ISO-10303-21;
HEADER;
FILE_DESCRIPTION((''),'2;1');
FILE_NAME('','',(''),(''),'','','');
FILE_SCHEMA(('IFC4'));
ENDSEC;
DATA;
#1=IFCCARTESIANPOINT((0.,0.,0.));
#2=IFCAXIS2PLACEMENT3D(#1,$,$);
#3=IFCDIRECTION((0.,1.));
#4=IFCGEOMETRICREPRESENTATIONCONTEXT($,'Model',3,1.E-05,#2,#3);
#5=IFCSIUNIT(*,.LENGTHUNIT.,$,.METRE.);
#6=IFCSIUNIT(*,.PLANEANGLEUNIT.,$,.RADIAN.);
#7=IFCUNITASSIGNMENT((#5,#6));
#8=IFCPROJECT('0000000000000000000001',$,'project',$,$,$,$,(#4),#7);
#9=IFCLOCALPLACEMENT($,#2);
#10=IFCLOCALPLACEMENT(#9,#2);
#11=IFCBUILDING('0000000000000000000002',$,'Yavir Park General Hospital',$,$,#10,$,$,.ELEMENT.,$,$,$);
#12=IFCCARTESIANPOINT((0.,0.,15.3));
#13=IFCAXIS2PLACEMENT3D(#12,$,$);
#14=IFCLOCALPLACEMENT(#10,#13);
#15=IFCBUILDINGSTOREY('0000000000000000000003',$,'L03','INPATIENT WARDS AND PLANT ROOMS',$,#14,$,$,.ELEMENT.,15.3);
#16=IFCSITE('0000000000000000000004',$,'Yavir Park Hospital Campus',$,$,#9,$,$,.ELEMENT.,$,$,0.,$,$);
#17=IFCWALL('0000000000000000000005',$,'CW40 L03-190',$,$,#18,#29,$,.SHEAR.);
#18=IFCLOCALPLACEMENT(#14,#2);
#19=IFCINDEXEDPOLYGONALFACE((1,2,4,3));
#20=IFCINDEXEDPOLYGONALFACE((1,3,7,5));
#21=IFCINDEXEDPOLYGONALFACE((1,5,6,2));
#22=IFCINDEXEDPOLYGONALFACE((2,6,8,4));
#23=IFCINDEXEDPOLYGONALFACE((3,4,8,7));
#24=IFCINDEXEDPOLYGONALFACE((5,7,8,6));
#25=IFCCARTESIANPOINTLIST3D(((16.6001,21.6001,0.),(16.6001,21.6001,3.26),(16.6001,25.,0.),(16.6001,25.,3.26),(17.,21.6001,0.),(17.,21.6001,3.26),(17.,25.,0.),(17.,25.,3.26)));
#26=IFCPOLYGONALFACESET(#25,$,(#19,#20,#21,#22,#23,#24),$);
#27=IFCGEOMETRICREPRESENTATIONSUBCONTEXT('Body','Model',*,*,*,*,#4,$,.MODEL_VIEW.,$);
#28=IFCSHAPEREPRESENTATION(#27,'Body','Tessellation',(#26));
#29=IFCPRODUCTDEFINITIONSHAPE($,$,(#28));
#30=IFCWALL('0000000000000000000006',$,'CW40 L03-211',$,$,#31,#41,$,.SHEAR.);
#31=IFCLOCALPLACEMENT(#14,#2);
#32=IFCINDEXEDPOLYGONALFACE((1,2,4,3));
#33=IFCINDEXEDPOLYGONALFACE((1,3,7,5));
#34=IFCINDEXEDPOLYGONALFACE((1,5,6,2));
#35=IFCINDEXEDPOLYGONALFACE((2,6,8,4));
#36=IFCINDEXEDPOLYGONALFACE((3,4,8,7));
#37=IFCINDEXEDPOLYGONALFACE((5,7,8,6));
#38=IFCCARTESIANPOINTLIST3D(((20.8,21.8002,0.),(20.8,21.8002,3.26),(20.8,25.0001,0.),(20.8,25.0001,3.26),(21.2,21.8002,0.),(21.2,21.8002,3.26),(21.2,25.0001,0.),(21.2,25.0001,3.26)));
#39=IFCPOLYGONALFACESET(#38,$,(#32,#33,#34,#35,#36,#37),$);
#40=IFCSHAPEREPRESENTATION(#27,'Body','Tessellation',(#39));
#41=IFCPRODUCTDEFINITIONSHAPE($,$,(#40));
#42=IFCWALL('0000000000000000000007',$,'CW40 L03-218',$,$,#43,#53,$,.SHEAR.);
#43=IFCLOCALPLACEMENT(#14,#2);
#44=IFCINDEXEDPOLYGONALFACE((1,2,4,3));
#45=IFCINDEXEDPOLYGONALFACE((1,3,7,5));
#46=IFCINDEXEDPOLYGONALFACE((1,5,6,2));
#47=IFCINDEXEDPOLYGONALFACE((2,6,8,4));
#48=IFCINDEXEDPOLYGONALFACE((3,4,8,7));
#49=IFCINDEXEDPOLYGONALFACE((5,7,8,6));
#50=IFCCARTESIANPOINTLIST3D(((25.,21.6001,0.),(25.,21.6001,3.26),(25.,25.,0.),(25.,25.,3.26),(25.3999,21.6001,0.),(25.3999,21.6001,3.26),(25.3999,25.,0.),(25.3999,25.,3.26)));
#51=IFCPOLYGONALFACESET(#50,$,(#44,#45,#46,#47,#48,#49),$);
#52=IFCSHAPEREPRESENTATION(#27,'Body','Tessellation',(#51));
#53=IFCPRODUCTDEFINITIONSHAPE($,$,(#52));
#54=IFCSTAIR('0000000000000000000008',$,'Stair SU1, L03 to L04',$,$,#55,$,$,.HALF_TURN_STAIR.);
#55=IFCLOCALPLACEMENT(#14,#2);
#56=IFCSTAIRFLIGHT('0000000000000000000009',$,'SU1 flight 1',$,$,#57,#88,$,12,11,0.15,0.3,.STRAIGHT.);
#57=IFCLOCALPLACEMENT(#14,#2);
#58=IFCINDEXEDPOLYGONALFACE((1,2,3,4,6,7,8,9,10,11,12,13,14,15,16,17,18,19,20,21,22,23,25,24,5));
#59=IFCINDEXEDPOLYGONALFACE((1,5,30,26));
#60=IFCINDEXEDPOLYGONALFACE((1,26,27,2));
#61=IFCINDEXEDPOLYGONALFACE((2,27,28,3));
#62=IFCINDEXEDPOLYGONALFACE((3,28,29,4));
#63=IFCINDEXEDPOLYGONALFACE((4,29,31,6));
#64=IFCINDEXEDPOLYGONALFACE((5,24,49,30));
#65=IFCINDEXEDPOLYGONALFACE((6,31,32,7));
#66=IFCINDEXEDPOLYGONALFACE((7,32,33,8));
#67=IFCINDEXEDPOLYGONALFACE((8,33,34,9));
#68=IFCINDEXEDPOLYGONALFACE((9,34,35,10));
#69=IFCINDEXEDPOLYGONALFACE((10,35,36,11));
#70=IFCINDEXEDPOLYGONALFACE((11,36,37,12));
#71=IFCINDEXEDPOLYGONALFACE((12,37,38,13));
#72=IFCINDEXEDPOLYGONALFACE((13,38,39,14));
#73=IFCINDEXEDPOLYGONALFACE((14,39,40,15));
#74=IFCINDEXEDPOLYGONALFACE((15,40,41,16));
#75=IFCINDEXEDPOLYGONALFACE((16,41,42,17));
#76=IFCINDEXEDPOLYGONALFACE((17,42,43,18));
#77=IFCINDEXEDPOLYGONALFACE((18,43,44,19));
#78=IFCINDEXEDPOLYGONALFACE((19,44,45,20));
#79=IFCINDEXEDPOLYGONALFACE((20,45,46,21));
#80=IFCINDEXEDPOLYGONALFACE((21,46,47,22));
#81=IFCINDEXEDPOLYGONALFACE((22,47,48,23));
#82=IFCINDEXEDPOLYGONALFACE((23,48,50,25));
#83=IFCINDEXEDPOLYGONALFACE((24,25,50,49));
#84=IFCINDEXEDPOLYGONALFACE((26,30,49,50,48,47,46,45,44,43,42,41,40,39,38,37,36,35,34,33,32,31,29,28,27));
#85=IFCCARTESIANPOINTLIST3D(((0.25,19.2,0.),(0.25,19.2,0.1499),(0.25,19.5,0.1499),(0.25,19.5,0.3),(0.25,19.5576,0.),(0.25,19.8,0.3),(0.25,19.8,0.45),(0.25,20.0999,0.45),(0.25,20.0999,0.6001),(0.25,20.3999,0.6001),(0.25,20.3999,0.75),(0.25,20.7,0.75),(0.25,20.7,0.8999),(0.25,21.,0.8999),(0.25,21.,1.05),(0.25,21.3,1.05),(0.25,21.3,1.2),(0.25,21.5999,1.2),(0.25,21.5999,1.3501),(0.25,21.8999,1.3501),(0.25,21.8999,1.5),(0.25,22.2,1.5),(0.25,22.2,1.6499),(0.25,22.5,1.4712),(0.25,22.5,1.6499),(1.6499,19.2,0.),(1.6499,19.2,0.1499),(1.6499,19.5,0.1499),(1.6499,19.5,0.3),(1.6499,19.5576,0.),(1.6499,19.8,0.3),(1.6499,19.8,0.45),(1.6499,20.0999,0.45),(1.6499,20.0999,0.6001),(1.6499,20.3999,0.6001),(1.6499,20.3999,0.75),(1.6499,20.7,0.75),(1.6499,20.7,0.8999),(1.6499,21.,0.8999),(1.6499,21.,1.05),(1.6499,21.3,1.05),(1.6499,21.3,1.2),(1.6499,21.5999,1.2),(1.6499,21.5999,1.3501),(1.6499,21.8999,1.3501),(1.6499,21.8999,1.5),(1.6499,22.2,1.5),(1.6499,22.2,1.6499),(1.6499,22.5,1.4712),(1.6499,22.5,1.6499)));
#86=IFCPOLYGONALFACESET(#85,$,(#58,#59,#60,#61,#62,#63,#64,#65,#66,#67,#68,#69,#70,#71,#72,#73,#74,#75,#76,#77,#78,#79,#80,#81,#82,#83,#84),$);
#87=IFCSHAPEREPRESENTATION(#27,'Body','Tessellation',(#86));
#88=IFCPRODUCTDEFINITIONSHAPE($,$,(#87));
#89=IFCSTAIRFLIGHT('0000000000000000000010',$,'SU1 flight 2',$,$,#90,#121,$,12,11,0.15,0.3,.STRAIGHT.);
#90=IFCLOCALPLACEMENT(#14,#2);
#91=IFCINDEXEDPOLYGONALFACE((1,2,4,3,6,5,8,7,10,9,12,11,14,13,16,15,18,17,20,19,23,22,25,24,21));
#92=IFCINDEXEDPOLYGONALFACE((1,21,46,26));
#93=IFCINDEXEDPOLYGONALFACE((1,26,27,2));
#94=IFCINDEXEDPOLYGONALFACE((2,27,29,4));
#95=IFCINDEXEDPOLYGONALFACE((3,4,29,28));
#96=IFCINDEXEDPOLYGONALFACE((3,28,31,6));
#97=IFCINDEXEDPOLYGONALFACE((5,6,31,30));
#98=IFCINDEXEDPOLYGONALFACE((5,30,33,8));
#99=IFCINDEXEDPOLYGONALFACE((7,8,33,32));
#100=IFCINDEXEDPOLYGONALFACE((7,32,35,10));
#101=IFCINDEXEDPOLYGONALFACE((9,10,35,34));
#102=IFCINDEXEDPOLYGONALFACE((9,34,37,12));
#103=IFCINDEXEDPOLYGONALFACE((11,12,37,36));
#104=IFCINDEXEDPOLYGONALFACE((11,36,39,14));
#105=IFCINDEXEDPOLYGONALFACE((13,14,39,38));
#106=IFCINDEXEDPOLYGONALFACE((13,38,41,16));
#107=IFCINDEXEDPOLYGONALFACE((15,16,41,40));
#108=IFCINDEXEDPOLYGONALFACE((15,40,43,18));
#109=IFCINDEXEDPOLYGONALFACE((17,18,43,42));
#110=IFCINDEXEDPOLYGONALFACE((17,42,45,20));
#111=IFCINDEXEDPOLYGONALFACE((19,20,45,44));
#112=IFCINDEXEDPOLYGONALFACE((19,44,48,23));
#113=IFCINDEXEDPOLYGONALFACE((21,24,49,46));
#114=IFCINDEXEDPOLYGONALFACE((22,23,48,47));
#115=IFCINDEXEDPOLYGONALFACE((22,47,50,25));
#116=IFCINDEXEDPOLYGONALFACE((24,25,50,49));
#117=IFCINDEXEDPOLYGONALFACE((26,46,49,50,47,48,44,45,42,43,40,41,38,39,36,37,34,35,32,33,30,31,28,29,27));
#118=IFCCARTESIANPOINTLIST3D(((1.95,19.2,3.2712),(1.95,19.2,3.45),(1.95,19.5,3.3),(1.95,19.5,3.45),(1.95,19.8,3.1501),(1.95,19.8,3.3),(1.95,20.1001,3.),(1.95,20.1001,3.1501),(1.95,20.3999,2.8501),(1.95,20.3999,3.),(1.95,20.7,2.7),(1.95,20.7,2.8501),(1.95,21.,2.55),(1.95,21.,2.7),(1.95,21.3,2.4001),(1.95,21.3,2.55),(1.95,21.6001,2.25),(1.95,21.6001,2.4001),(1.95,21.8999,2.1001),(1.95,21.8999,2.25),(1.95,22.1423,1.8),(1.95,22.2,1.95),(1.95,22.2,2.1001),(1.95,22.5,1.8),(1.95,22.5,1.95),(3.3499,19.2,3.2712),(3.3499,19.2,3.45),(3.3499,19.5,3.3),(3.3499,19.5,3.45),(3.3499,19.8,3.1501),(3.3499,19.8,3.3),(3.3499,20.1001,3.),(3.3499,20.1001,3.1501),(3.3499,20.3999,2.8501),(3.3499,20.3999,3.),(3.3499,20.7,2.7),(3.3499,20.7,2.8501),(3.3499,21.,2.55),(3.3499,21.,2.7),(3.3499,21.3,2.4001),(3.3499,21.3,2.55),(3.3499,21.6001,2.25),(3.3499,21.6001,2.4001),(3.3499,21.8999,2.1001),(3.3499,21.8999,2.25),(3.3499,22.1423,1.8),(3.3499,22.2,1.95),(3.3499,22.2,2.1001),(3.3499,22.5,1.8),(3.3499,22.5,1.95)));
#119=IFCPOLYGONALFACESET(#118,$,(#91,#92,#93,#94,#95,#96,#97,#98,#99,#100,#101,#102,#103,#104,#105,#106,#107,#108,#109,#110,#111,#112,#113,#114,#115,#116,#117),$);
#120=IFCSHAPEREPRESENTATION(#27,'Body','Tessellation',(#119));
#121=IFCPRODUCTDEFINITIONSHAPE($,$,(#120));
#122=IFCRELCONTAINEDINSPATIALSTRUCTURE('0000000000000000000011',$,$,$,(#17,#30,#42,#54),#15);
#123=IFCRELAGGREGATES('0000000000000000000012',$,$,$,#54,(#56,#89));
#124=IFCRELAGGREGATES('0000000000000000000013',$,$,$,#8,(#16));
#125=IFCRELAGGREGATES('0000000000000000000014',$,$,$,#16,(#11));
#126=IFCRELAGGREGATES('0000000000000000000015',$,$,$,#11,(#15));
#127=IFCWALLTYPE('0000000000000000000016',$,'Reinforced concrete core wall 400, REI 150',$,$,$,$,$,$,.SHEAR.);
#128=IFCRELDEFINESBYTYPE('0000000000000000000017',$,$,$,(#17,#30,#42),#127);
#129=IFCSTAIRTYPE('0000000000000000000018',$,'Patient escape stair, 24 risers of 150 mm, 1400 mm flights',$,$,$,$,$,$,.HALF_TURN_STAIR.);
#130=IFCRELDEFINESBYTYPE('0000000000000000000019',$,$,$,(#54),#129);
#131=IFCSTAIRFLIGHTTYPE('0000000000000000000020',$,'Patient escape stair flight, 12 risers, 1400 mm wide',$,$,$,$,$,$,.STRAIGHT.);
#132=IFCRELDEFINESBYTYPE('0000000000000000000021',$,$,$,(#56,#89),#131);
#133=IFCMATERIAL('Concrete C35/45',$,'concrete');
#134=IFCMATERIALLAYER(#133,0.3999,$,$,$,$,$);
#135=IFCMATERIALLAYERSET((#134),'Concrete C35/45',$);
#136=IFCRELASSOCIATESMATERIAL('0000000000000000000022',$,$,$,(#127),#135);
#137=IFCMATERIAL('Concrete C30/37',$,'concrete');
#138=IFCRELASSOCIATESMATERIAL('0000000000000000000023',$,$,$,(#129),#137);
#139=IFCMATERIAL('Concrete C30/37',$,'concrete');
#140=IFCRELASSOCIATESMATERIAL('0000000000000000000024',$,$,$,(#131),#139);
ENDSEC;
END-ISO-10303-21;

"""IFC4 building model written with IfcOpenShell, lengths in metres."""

from ifc_helpers import new_model, si_unit, direction, frame, frame_2d, origin, place, context, subcontext, project, spatial, polyline, rectangle, outline, extrude, material, layer, layer_set, type_object, element, aggregate, save


model = new_model("IFC4")

# Units and contexts
model_context = context("Model", 3, precision=1e-05, world=origin(), true_north=direction((0.0, 1.0)))
body_context = subcontext(model_context, "Body", "Model", "MODEL_VIEW")
ifc_project = project(units=[si_unit("LENGTHUNIT", "METRE"), si_unit("PLANEANGLEUNIT", "RADIAN")], contexts=[model_context])

# Site, building, storey
site_placement = place(None, origin())
site = spatial("IfcSite", under=ifc_project, at=site_placement, Name="Yavir Park Hospital Campus", CompositionType="ELEMENT", RefElevation=0.0)
building_placement = place(site_placement, origin())
building = spatial("IfcBuilding", under=site, at=building_placement, Name="Yavir Park General Hospital", CompositionType="ELEMENT")
storey_placement = place(building_placement, frame((0.0, 0.0, 15.3)))
storey = spatial("IfcBuildingStorey", under=building, at=storey_placement, Name="L03", Description="INPATIENT WARDS AND PLANT ROOMS", CompositionType="ELEMENT", Elevation=15.3)

# Shared definitions
ifc_material_1 = material(Name="Concrete C35/45", Category="concrete")
ifc_layer_1 = layer(ifc_material_1, 0.3999)
ifc_layer_set_1 = layer_set([ifc_layer_1], Name="Concrete C35/45")
wall_type_1 = type_object("IfcWallType", Name="Reinforced concrete core wall 400, REI 150", PredefinedType="SHEAR", material=ifc_layer_set_1)

# Walls
wall_1_placement = place(storey_placement, frame((16.8, 21.6001, 0.0), z_axis=(0.0, 0.0, 1.0), x_axis=(0.0, 1.0, 0.0)))
element("IfcWall", 1, at=wall_1_placement, inside=storey, type_object=wall_type_1, Name="CW40 L03-190", PredefinedType="SHEAR", context=body_context, shape_type="SweptSolid", body=[
    extrude(rectangle(XDim=3.3999, YDim=0.3999, at=frame_2d((1.7, 0.0))), origin(), (0.0, 0.0, 1.0), 3.26),
])
wall_2_placement = place(storey_placement, frame((21.0, 21.8, 0.0), z_axis=(0.0, 0.0, 1.0), x_axis=(0.0, 1.0, 0.0)))
element("IfcWall", 2, at=wall_2_placement, inside=storey, type_object=wall_type_1, Name="CW40 L03-211", PredefinedType="SHEAR", context=body_context, shape_type="SweptSolid", body=[
    extrude(rectangle(XDim=3.2, YDim=0.3999, at=frame_2d((1.6001, 0.0))), origin(), (0.0, 0.0, 1.0), 3.26),
])
wall_3_placement = place(storey_placement, frame((25.2, 21.6001, 0.0), z_axis=(0.0, 0.0, 1.0), x_axis=(0.0, 1.0, 0.0)))
element("IfcWall", 3, at=wall_3_placement, inside=storey, type_object=wall_type_1, Name="CW40 L03-218", PredefinedType="SHEAR", context=body_context, shape_type="SweptSolid", body=[
    extrude(rectangle(XDim=3.3999, YDim=0.3999, at=frame_2d((1.7, 0.0))), origin(), (0.0, 0.0, 1.0), 3.26),
])

# Stair, stair flights
ifc_material_2 = material(Name="Concrete C30/37", Category="concrete")
stair_type = type_object("IfcStairType", Name="Patient escape stair, 24 risers of 150 mm, 1400 mm flights", PredefinedType="HALF_TURN_STAIR", material=ifc_material_2)
stair_placement = place(storey_placement, origin())
stair = element("IfcStair", 4, at=stair_placement, inside=storey, type_object=stair_type, Name="Stair SU1, L03 to L04", PredefinedType="HALF_TURN_STAIR")
ifc_material_3 = material(Name="Concrete C30/37", Category="concrete")
stair_flight_type = type_object("IfcStairFlightType", Name="Patient escape stair flight, 12 risers, 1400 mm wide", PredefinedType="STRAIGHT", material=ifc_material_3)
stair_flight_1_placement = place(storey_placement, frame((0.95, 19.2, 0.0), z_axis=(0.0, 0.0, 1.0), x_axis=(0.0, 1.0, 0.0)))
stair_flight_1 = element("IfcStairFlight", 5, at=stair_flight_1_placement, type_object=stair_flight_type, Name="SU1 flight 1", NumberOfRisers=12, NumberOfTreads=11, PredefinedType="STRAIGHT", RiserHeight=0.15, TreadLength=0.3, context=body_context, shape_type="SweptSolid", body=[
    extrude(outline(polyline([(0.0, 0.0), (0.0, 0.1499), (0.3, 0.1499), (0.3, 0.3), (0.6001, 0.3), (0.6001, 0.45), (0.8999, 0.45), (0.8999, 0.6001), (1.2, 0.6001), (1.2, 0.75), (1.5, 0.75), (1.5, 0.8999), (1.8, 0.8999), (1.8, 1.05), (2.1001, 1.05), (2.1001, 1.2), (2.3999, 1.2), (2.3999, 1.3501), (2.7, 1.3501), (2.7, 1.5), (3.0, 1.5), (3.0, 1.6499), (3.3, 1.6499), (3.3, 1.8), (3.3, 1.4712), (0.3577, 0.0), (0.0, 0.0)])), frame((0.0, 0.7, 0.0), z_axis=(0.0, -1.0, 0.0), x_axis=(1.0, 0.0, 0.0)), (0.0, 0.0, 1.0), 1.3999),
])
stair_flight_2_placement = place(storey_placement, frame((2.6499, 22.5, 1.8), z_axis=(0.0, 0.0, 1.0), x_axis=(0.0, -1.0, 0.0)))
stair_flight_2 = element("IfcStairFlight", 6, at=stair_flight_2_placement, type_object=stair_flight_type, Name="SU1 flight 2", NumberOfRisers=12, NumberOfTreads=11, PredefinedType="STRAIGHT", RiserHeight=0.15, TreadLength=0.3, context=body_context, shape_type="SweptSolid", body=[
    extrude(outline(polyline([(0.0, 0.0), (0.0, 0.1499), (0.3, 0.1499), (0.3, 0.3), (0.6001, 0.3), (0.6001, 0.45), (0.8999, 0.45), (0.8999, 0.6001), (1.2, 0.6001), (1.2, 0.75), (1.5, 0.75), (1.5, 0.8999), (1.8, 0.8999), (1.8, 1.05), (2.1001, 1.05), (2.1001, 1.2), (2.3999, 1.2), (2.3999, 1.3501), (2.7, 1.3501), (2.7, 1.5), (3.0, 1.5), (3.0, 1.6499), (3.3, 1.6499), (3.3, 1.8), (3.3, 1.4712), (0.3577, 0.0), (0.0, 0.0)])), frame((0.0, 0.7, 0.0), z_axis=(0.0, -1.0, 0.0), x_axis=(1.0, 0.0, 0.0)), (0.0, 0.0, 1.0), 1.3999),
])
aggregate(stair, [stair_flight_1, stair_flight_2])

save(model, "model.ifc")
